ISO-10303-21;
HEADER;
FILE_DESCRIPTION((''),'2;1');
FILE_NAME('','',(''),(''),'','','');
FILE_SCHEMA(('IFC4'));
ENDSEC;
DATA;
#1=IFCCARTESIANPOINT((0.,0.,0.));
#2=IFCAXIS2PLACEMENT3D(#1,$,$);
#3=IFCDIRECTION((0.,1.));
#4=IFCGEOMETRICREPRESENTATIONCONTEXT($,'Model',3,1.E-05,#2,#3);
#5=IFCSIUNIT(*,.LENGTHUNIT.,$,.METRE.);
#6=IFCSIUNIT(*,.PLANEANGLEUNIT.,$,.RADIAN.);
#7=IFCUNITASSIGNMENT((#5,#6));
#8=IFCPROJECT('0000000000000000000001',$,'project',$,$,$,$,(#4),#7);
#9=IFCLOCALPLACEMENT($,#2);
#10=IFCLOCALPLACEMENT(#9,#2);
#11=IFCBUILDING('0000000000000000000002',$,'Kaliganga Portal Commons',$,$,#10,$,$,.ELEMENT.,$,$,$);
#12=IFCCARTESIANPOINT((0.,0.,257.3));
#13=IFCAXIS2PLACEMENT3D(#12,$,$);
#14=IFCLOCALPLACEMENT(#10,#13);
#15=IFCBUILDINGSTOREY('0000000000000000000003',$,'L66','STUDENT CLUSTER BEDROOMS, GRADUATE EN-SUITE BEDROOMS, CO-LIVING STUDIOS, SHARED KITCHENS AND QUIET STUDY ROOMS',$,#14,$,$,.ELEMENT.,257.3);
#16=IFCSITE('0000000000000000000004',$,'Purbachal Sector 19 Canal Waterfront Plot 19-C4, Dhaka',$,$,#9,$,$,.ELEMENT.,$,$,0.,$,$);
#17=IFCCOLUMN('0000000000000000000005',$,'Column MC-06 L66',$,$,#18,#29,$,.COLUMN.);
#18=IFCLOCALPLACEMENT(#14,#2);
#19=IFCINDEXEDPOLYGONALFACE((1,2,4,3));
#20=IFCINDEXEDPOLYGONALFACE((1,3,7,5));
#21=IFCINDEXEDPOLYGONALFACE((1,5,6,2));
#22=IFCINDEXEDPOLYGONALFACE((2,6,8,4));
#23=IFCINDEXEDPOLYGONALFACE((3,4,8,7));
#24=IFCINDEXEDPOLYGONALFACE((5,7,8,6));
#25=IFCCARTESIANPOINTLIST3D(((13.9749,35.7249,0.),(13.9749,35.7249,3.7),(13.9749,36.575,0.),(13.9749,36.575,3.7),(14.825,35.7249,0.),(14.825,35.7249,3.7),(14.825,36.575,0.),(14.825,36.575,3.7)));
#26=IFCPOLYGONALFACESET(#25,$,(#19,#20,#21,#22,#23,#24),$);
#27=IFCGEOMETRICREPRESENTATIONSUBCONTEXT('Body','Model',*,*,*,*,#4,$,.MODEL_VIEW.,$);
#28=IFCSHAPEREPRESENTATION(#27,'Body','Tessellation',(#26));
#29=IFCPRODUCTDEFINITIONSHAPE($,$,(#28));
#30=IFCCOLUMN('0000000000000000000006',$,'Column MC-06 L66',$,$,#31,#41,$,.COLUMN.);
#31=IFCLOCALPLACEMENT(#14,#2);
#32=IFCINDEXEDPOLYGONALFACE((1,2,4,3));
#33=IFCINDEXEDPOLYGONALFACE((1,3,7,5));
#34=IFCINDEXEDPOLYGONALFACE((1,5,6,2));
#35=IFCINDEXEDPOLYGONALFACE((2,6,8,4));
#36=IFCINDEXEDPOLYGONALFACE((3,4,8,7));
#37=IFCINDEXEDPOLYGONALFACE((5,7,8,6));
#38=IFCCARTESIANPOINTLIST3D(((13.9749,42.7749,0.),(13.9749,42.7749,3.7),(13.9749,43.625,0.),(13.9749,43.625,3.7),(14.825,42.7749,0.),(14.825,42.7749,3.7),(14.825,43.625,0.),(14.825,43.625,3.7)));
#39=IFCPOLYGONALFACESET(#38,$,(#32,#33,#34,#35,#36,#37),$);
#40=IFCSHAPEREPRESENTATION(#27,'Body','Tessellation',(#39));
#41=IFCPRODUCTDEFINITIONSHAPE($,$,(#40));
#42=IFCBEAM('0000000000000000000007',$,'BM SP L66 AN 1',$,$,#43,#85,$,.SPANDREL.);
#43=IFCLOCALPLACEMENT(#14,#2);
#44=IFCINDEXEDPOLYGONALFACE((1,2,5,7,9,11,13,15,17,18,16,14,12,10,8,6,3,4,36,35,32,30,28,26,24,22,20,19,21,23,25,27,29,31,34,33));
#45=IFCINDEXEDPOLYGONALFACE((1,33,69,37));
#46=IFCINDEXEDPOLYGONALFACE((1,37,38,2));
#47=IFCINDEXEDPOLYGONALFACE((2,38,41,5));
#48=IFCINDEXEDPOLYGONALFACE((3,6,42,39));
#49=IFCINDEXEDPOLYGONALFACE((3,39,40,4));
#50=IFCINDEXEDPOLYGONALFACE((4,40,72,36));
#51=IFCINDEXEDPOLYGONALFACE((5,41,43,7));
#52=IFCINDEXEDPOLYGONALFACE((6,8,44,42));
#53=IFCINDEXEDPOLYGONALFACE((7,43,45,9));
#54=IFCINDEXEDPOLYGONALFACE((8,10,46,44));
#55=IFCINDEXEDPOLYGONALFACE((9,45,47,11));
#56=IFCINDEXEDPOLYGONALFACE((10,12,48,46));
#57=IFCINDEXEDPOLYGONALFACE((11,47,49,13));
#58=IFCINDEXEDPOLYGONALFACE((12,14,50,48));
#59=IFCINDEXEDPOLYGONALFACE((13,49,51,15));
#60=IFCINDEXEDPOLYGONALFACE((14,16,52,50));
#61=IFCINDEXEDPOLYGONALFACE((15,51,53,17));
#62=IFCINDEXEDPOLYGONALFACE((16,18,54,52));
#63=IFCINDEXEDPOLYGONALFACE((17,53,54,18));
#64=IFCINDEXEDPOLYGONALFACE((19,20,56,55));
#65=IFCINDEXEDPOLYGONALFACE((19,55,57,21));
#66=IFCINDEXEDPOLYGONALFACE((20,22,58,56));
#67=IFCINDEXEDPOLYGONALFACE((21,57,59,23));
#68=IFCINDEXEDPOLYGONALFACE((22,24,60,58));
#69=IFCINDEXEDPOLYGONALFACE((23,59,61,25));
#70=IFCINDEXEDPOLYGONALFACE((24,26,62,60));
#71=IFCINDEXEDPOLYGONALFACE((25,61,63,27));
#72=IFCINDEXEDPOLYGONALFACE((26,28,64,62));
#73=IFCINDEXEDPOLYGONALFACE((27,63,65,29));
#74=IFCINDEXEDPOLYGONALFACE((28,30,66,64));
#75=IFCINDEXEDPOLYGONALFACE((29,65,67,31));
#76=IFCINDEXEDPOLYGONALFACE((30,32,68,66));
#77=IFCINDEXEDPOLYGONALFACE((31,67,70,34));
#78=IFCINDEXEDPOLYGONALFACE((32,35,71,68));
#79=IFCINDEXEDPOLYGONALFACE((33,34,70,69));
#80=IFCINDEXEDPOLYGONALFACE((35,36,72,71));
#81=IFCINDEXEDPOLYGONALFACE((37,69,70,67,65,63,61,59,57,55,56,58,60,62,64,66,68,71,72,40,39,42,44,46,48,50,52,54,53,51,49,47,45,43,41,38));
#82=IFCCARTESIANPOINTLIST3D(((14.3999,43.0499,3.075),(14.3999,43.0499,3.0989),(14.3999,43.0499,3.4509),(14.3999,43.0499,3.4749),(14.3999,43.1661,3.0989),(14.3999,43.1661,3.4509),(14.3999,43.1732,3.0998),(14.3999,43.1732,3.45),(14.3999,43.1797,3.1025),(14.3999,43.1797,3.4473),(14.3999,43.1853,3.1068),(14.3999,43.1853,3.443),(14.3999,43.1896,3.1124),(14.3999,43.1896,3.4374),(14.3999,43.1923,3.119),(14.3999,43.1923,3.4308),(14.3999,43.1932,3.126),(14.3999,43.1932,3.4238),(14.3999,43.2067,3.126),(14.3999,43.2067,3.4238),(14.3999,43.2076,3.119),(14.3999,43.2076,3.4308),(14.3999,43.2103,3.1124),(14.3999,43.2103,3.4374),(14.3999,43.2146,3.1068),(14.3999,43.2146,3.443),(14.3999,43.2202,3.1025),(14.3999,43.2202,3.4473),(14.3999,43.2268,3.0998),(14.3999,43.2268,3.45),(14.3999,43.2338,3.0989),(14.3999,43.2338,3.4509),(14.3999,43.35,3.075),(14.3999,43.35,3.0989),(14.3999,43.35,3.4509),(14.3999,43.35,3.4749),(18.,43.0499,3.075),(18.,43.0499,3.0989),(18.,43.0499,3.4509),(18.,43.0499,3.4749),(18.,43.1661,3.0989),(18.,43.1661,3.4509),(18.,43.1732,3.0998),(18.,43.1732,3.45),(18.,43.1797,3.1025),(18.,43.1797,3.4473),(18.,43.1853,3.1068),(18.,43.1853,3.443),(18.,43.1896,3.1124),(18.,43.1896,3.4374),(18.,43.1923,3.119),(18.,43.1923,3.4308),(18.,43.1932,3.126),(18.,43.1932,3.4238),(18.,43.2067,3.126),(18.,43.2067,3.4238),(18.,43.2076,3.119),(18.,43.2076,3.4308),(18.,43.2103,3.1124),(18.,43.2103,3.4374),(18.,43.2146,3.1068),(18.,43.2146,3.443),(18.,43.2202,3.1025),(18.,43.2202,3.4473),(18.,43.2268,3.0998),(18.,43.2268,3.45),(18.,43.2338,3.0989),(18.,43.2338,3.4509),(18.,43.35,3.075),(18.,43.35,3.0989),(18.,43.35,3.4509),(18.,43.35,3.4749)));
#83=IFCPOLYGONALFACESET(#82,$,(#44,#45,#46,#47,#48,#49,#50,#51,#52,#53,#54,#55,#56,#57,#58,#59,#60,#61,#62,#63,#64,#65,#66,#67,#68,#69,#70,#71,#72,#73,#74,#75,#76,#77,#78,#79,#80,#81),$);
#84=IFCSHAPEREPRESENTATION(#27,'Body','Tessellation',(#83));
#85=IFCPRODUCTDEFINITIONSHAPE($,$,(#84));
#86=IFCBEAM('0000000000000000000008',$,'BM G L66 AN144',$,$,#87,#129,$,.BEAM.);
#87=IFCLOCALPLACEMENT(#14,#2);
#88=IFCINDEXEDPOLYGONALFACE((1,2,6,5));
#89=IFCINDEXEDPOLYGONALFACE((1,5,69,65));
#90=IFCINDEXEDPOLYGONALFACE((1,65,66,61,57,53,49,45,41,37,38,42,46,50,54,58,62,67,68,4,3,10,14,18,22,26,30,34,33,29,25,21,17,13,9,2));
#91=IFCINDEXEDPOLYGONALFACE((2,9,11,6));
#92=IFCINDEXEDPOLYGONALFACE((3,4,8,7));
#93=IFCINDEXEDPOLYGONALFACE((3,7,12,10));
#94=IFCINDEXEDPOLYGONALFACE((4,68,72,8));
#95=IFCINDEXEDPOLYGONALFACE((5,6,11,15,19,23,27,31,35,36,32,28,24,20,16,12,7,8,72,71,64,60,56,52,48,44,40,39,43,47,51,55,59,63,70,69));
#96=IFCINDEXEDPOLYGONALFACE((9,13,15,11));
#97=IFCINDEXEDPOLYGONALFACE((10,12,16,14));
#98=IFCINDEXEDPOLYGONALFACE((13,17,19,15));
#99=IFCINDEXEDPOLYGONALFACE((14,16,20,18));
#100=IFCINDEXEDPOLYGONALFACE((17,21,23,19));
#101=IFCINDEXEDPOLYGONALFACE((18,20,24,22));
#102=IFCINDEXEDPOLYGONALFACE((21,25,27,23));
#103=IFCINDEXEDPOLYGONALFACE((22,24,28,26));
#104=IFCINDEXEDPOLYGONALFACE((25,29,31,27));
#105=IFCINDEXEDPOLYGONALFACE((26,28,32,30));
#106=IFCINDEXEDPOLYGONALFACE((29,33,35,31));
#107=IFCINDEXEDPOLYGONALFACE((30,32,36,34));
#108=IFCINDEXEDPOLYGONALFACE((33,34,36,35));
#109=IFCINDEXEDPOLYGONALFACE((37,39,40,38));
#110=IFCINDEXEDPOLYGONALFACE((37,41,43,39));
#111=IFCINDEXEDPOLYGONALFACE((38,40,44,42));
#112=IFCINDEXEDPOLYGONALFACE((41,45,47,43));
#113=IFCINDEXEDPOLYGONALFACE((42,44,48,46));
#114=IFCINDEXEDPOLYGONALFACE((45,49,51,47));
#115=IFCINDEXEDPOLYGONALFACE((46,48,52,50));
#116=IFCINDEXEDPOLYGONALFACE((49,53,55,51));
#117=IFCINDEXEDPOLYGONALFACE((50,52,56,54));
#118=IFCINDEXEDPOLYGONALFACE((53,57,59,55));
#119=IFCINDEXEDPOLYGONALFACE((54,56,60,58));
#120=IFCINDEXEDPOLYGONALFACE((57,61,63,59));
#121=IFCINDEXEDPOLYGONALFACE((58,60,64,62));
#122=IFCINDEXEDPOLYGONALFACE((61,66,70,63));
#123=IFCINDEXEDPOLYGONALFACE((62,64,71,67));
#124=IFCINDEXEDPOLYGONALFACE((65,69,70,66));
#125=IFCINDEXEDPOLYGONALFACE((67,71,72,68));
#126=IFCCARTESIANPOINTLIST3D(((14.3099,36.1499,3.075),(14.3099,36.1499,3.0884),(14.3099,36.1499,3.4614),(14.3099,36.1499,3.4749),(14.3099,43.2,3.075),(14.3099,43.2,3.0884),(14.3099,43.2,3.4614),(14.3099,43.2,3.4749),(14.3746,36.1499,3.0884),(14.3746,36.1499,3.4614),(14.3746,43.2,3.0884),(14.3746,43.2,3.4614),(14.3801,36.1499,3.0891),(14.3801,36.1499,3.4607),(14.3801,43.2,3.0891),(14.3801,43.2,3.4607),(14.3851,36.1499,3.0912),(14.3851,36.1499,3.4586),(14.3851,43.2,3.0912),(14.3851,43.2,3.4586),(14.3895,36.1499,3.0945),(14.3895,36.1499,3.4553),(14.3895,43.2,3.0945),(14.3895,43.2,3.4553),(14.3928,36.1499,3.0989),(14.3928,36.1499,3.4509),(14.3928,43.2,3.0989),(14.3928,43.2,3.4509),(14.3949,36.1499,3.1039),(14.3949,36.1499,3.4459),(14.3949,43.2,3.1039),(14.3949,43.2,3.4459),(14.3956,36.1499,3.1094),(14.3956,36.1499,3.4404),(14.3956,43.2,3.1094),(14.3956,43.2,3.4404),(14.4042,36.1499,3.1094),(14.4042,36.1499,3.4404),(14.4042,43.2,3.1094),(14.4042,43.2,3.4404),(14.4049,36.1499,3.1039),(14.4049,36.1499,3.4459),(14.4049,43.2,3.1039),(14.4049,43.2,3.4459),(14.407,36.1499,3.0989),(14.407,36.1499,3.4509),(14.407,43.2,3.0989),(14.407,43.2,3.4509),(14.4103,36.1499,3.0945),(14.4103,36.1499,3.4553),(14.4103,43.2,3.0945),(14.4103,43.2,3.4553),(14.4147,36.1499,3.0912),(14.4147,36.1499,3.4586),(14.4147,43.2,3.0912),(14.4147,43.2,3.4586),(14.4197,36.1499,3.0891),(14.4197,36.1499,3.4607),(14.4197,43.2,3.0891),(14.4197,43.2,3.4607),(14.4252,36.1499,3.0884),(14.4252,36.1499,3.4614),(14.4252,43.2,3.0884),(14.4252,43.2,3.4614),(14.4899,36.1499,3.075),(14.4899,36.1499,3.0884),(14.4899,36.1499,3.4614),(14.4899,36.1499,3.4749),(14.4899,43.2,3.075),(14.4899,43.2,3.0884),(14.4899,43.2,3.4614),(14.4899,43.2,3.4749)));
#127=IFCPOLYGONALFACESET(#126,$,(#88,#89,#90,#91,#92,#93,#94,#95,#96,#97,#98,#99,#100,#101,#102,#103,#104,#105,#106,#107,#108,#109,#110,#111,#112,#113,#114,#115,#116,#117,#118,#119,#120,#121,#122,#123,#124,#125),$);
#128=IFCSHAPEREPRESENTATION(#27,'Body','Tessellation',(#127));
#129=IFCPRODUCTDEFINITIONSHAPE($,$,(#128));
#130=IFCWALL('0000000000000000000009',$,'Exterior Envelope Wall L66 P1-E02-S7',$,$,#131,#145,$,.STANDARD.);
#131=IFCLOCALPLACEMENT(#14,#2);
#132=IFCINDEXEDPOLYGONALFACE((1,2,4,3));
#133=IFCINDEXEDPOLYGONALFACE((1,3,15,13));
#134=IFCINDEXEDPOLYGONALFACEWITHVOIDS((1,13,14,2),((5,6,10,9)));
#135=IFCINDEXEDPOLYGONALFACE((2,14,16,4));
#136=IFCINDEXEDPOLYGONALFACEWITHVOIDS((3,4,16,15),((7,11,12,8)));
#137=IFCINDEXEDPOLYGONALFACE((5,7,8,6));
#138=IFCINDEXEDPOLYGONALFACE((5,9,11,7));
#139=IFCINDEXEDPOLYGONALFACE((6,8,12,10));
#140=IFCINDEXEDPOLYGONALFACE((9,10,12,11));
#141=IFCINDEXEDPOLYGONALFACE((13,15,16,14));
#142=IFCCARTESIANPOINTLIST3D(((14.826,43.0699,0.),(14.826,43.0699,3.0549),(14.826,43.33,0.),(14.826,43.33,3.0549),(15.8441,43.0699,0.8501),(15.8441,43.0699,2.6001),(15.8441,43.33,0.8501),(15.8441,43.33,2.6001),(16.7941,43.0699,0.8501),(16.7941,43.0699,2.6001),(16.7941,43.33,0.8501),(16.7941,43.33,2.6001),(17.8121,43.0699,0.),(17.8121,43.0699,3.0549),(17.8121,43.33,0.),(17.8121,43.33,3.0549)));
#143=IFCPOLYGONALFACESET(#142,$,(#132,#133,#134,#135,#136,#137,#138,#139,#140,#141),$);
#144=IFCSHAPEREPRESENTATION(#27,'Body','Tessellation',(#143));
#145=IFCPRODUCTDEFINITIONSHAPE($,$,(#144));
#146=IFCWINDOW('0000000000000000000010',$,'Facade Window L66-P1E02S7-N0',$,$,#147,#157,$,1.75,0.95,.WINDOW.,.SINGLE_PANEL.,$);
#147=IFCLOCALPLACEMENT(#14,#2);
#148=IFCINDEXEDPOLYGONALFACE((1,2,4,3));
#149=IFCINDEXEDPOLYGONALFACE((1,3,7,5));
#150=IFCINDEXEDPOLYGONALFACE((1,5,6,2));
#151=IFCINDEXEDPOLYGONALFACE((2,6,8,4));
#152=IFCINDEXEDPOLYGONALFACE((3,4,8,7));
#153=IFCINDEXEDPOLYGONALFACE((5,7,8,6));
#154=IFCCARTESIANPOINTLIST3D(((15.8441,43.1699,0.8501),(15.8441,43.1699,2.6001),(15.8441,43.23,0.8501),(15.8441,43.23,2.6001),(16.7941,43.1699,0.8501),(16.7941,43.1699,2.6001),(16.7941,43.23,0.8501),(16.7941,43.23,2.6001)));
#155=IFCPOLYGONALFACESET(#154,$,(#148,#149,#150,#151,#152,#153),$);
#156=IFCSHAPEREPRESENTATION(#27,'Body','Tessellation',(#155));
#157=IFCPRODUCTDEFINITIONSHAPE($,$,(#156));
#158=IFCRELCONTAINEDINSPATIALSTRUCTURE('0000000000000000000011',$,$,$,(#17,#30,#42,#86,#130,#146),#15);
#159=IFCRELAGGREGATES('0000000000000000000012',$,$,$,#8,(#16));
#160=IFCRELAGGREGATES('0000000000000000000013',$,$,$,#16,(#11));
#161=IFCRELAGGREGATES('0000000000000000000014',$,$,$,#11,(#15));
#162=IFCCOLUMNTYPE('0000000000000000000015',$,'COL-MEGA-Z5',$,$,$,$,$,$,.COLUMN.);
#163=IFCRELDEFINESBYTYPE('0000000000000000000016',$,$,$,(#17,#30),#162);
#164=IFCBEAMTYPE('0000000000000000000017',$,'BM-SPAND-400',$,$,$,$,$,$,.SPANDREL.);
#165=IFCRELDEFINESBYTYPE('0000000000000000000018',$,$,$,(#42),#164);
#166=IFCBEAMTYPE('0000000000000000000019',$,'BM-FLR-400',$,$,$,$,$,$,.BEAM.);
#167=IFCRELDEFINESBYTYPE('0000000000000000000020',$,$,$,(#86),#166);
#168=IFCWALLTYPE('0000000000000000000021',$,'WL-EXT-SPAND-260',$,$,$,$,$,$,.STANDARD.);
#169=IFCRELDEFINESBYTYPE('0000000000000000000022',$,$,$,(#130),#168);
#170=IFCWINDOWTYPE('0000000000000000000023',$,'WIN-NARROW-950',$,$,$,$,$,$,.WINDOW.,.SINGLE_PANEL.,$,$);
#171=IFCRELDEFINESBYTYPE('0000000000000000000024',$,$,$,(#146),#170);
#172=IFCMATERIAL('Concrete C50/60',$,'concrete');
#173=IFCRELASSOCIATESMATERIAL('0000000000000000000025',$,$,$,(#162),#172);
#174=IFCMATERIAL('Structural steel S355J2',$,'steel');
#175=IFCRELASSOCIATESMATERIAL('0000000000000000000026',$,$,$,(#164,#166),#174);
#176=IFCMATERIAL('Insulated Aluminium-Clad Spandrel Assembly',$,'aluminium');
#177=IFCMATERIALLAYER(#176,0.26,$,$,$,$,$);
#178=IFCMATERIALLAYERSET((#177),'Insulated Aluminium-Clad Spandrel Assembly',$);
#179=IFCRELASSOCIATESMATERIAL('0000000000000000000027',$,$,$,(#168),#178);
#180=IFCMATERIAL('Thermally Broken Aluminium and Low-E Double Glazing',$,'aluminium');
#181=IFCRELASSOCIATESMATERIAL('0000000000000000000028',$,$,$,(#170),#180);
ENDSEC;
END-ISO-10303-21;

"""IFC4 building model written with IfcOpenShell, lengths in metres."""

from ifc_helpers import new_model, si_unit, direction, frame, frame_2d, origin, origin_2d, place, context, subcontext, project, spatial, rectangle, i_section, extrude, source, transform, mapped, material, layer, layer_set, material_profile, profile_set, type_object, element, fill, save


model = new_model("IFC4")

# Units and contexts
model_context = context("Model", 3, precision=1e-05, world=origin(), true_north=direction((0.0, 1.0)))
body_context = subcontext(model_context, "Body", "Model", "MODEL_VIEW")
ifc_project = project(units=[si_unit("LENGTHUNIT", "METRE"), si_unit("PLANEANGLEUNIT", "RADIAN")], contexts=[model_context])

# Site, building, storey
site_placement = place(None, origin())
site = spatial("IfcSite", under=ifc_project, at=site_placement, Name="Purbachal Sector 19 Canal Waterfront Plot 19-C4, Dhaka", CompositionType="ELEMENT", RefElevation=0.0)
building_placement = place(site_placement, origin())
building = spatial("IfcBuilding", under=site, at=building_placement, Name="Kaliganga Portal Commons", CompositionType="ELEMENT")
storey_placement = place(building_placement, frame((0.0, 0.0, 257.3)))
storey = spatial("IfcBuildingStorey", under=building, at=storey_placement, Name="L66", Description="STUDENT CLUSTER BEDROOMS, GRADUATE EN-SUITE BEDROOMS, CO-LIVING STUDIOS, SHARED KITCHENS AND QUIET STUDY ROOMS", CompositionType="ELEMENT", Elevation=257.3)

# Columns
ifc_material_1 = material(Name="Concrete C50/60", Category="concrete")
ifc_material_profile_1 = material_profile(ifc_material_1, rectangle(XDim=0.8501, YDim=0.8501, at=origin_2d()), Name="RC 850x850")
ifc_profile_set_1 = profile_set([ifc_material_profile_1], Name="Concrete C50/60")
column_type = type_object("IfcColumnType", Name="COL-MEGA-Z5", PredefinedType="COLUMN", material=ifc_profile_set_1)
shared_shape_1 = source(origin(), body_context, "Body", "SweptSolid", [
    extrude(rectangle(XDim=0.8501, YDim=0.8501, at=origin_2d()), origin(), (0.0, 0.0, 1.0), 3.7),
])
for number, where, z_axis, x_axis, name in (
    (1, (14.3999, 36.1499, 0.0), (0.0, 0.0, 1.0), (1.0, 0.0, 0.0), "Column MC-06 L66"),
    (2, (14.3999, 43.2, 0.0), (0.0, 0.0, 1.0), (1.0, 0.0, 0.0), "Column MC-06 L66"),
):
    element("IfcColumn", number, at=place(storey_placement, frame(where, z_axis=z_axis, x_axis=x_axis)), inside=storey, type_object=column_type, Name=name, PredefinedType="COLUMN", context=body_context, shape_type="MappedRepresentation", body=[
        mapped(shared_shape_1, transform((0.0, 0.0, 0.0), x_axis=(1.0, 0.0, 0.0), y_axis=(0.0, 1.0, 0.0), z_axis=(0.0, 0.0, 1.0), scale=1.0)),
    ])

# Beams
ifc_material_2 = material(Name="Structural steel S355J2", Category="steel")
ifc_material_profile_2 = material_profile(ifc_material_2, i_section(OverallWidth=0.3, OverallDepth=0.3999, WebThickness=0.0134, FlangeThickness=0.0239, FilletRadius=0.0271, at=origin_2d()), Name="HE 400 B")
ifc_profile_set_2 = profile_set([ifc_material_profile_2], Name="Structural steel S355J2 wide-flange")
beam_type_1 = type_object("IfcBeamType", Name="BM-SPAND-400", PredefinedType="SPANDREL", material=ifc_profile_set_2)
shared_shape_2 = source(origin(), body_context, "Body", "SweptSolid", [
    extrude(i_section(OverallWidth=0.3, OverallDepth=0.3999, WebThickness=0.0134, FlangeThickness=0.0239, FilletRadius=0.0271, at=origin_2d()), origin(), (0.0, 0.0, 1.0), 3.6001),
])
beam_1_placement = place(storey_placement, frame((14.3999, 43.2, 3.2749), z_axis=(1.0, 0.0, 0.0), x_axis=(0.0, 1.0, 0.0)))
element("IfcBeam", 3, at=beam_1_placement, inside=storey, type_object=beam_type_1, Name="BM SP L66 AN 1", PredefinedType="SPANDREL", context=body_context, shape_type="MappedRepresentation", body=[
    mapped(shared_shape_2, transform((0.0, 0.0, 0.0), x_axis=(1.0, 0.0, 0.0), y_axis=(0.0, 1.0, 0.0), z_axis=(0.0, 0.0, 1.0), scale=1.0)),
])
ifc_material_profile_3 = material_profile(ifc_material_2, i_section(OverallWidth=0.1799, OverallDepth=0.3999, WebThickness=0.0085, FlangeThickness=0.0134, FilletRadius=0.021, at=origin_2d()), Name="IPE 400")
ifc_profile_set_3 = profile_set([ifc_material_profile_3], Name="Structural steel S355J2 wide-flange")
beam_type_2 = type_object("IfcBeamType", Name="BM-FLR-400", PredefinedType="BEAM", material=ifc_profile_set_3)
shared_shape_3 = source(origin(), body_context, "Body", "SweptSolid", [
    extrude(i_section(OverallWidth=0.1799, OverallDepth=0.3999, WebThickness=0.0085, FlangeThickness=0.0134, FilletRadius=0.021, at=origin_2d()), origin(), (0.0, 0.0, 1.0), 7.05),
])
beam_2_placement = place(storey_placement, frame((14.3999, 36.1499, 3.2749), z_axis=(0.0, 1.0, 0.0), x_axis=(-1.0, 0.0, 0.0)))
element("IfcBeam", 4, at=beam_2_placement, inside=storey, type_object=beam_type_2, Name="BM G L66 AN144", PredefinedType="BEAM", context=body_context, shape_type="MappedRepresentation", body=[
    mapped(shared_shape_3, transform((0.0, 0.0, 0.0), x_axis=(1.0, 0.0, 0.0), y_axis=(0.0, 1.0, 0.0), z_axis=(0.0, 0.0, 1.0), scale=1.0)),
])

# Wall, opening, window
ifc_material_3 = material(Name="Insulated Aluminium-Clad Spandrel Assembly", Category="aluminium")
ifc_layer_1 = layer(ifc_material_3, 0.26)
ifc_layer_set_1 = layer_set([ifc_layer_1], Name="Insulated Aluminium-Clad Spandrel Assembly")
wall_type_1 = type_object("IfcWallType", Name="WL-EXT-SPAND-260", PredefinedType="STANDARD", material=ifc_layer_set_1)
wall_1_placement = place(storey_placement, frame((14.8259, 43.2, 0.0), z_axis=(0.0, 0.0, 1.0), x_axis=(1.0, 0.0, 0.0)))
wall_1 = element("IfcWall", 5, at=wall_1_placement, inside=storey, type_object=wall_type_1, Name="Exterior Envelope Wall L66 P1-E02-S7", PredefinedType="STANDARD", context=body_context, shape_type="SweptSolid", body=[
    extrude(rectangle(XDim=2.9861, YDim=0.26, at=frame_2d((1.4932, 0.0))), origin(), (0.0, 0.0, 1.0), 3.0549),
])
opening_1_placement = place(wall_1_placement, frame((1.0181, 0.0, 0.8501)))
opening_1 = element("IfcOpeningElement", 6, at=opening_1_placement, cuts=wall_1, PredefinedType="OPENING", context=body_context, shape_type="SweptSolid", body=[
    extrude(rectangle(XDim=0.95, YDim=1.75, at=frame_2d((0.4751, 0.875))), frame((0.0, 0.1401, 0.0), z_axis=(0.0, -1.0, 0.0), x_axis=(1.0, 0.0, 0.0)), (0.0, 0.0, 1.0), 0.28),
])
ifc_material_4 = material(Name="Thermally Broken Aluminium and Low-E Double Glazing", Category="aluminium")
window_type_1 = type_object("IfcWindowType", Name="WIN-NARROW-950", PartitioningType="SINGLE_PANEL", PredefinedType="WINDOW", material=ifc_material_4)
window_1_placement = place(opening_1_placement, origin())
window_1 = element("IfcWindow", 7, at=window_1_placement, inside=storey, type_object=window_type_1, Name="Facade Window L66-P1E02S7-N0", OverallHeight=1.75, OverallWidth=0.95, PartitioningType="SINGLE_PANEL", PredefinedType="WINDOW", context=body_context, shape_type="SweptSolid", body=[
    extrude(rectangle(XDim=0.95, YDim=1.75, at=frame_2d((0.4751, 0.875))), frame((0.0, 0.03, 0.0), z_axis=(0.0, -1.0, 0.0), x_axis=(1.0, 0.0, 0.0)), (0.0, 0.0, 1.0), 0.0601),
])
fill(opening_1, window_1)

save(model, "model.ifc")
